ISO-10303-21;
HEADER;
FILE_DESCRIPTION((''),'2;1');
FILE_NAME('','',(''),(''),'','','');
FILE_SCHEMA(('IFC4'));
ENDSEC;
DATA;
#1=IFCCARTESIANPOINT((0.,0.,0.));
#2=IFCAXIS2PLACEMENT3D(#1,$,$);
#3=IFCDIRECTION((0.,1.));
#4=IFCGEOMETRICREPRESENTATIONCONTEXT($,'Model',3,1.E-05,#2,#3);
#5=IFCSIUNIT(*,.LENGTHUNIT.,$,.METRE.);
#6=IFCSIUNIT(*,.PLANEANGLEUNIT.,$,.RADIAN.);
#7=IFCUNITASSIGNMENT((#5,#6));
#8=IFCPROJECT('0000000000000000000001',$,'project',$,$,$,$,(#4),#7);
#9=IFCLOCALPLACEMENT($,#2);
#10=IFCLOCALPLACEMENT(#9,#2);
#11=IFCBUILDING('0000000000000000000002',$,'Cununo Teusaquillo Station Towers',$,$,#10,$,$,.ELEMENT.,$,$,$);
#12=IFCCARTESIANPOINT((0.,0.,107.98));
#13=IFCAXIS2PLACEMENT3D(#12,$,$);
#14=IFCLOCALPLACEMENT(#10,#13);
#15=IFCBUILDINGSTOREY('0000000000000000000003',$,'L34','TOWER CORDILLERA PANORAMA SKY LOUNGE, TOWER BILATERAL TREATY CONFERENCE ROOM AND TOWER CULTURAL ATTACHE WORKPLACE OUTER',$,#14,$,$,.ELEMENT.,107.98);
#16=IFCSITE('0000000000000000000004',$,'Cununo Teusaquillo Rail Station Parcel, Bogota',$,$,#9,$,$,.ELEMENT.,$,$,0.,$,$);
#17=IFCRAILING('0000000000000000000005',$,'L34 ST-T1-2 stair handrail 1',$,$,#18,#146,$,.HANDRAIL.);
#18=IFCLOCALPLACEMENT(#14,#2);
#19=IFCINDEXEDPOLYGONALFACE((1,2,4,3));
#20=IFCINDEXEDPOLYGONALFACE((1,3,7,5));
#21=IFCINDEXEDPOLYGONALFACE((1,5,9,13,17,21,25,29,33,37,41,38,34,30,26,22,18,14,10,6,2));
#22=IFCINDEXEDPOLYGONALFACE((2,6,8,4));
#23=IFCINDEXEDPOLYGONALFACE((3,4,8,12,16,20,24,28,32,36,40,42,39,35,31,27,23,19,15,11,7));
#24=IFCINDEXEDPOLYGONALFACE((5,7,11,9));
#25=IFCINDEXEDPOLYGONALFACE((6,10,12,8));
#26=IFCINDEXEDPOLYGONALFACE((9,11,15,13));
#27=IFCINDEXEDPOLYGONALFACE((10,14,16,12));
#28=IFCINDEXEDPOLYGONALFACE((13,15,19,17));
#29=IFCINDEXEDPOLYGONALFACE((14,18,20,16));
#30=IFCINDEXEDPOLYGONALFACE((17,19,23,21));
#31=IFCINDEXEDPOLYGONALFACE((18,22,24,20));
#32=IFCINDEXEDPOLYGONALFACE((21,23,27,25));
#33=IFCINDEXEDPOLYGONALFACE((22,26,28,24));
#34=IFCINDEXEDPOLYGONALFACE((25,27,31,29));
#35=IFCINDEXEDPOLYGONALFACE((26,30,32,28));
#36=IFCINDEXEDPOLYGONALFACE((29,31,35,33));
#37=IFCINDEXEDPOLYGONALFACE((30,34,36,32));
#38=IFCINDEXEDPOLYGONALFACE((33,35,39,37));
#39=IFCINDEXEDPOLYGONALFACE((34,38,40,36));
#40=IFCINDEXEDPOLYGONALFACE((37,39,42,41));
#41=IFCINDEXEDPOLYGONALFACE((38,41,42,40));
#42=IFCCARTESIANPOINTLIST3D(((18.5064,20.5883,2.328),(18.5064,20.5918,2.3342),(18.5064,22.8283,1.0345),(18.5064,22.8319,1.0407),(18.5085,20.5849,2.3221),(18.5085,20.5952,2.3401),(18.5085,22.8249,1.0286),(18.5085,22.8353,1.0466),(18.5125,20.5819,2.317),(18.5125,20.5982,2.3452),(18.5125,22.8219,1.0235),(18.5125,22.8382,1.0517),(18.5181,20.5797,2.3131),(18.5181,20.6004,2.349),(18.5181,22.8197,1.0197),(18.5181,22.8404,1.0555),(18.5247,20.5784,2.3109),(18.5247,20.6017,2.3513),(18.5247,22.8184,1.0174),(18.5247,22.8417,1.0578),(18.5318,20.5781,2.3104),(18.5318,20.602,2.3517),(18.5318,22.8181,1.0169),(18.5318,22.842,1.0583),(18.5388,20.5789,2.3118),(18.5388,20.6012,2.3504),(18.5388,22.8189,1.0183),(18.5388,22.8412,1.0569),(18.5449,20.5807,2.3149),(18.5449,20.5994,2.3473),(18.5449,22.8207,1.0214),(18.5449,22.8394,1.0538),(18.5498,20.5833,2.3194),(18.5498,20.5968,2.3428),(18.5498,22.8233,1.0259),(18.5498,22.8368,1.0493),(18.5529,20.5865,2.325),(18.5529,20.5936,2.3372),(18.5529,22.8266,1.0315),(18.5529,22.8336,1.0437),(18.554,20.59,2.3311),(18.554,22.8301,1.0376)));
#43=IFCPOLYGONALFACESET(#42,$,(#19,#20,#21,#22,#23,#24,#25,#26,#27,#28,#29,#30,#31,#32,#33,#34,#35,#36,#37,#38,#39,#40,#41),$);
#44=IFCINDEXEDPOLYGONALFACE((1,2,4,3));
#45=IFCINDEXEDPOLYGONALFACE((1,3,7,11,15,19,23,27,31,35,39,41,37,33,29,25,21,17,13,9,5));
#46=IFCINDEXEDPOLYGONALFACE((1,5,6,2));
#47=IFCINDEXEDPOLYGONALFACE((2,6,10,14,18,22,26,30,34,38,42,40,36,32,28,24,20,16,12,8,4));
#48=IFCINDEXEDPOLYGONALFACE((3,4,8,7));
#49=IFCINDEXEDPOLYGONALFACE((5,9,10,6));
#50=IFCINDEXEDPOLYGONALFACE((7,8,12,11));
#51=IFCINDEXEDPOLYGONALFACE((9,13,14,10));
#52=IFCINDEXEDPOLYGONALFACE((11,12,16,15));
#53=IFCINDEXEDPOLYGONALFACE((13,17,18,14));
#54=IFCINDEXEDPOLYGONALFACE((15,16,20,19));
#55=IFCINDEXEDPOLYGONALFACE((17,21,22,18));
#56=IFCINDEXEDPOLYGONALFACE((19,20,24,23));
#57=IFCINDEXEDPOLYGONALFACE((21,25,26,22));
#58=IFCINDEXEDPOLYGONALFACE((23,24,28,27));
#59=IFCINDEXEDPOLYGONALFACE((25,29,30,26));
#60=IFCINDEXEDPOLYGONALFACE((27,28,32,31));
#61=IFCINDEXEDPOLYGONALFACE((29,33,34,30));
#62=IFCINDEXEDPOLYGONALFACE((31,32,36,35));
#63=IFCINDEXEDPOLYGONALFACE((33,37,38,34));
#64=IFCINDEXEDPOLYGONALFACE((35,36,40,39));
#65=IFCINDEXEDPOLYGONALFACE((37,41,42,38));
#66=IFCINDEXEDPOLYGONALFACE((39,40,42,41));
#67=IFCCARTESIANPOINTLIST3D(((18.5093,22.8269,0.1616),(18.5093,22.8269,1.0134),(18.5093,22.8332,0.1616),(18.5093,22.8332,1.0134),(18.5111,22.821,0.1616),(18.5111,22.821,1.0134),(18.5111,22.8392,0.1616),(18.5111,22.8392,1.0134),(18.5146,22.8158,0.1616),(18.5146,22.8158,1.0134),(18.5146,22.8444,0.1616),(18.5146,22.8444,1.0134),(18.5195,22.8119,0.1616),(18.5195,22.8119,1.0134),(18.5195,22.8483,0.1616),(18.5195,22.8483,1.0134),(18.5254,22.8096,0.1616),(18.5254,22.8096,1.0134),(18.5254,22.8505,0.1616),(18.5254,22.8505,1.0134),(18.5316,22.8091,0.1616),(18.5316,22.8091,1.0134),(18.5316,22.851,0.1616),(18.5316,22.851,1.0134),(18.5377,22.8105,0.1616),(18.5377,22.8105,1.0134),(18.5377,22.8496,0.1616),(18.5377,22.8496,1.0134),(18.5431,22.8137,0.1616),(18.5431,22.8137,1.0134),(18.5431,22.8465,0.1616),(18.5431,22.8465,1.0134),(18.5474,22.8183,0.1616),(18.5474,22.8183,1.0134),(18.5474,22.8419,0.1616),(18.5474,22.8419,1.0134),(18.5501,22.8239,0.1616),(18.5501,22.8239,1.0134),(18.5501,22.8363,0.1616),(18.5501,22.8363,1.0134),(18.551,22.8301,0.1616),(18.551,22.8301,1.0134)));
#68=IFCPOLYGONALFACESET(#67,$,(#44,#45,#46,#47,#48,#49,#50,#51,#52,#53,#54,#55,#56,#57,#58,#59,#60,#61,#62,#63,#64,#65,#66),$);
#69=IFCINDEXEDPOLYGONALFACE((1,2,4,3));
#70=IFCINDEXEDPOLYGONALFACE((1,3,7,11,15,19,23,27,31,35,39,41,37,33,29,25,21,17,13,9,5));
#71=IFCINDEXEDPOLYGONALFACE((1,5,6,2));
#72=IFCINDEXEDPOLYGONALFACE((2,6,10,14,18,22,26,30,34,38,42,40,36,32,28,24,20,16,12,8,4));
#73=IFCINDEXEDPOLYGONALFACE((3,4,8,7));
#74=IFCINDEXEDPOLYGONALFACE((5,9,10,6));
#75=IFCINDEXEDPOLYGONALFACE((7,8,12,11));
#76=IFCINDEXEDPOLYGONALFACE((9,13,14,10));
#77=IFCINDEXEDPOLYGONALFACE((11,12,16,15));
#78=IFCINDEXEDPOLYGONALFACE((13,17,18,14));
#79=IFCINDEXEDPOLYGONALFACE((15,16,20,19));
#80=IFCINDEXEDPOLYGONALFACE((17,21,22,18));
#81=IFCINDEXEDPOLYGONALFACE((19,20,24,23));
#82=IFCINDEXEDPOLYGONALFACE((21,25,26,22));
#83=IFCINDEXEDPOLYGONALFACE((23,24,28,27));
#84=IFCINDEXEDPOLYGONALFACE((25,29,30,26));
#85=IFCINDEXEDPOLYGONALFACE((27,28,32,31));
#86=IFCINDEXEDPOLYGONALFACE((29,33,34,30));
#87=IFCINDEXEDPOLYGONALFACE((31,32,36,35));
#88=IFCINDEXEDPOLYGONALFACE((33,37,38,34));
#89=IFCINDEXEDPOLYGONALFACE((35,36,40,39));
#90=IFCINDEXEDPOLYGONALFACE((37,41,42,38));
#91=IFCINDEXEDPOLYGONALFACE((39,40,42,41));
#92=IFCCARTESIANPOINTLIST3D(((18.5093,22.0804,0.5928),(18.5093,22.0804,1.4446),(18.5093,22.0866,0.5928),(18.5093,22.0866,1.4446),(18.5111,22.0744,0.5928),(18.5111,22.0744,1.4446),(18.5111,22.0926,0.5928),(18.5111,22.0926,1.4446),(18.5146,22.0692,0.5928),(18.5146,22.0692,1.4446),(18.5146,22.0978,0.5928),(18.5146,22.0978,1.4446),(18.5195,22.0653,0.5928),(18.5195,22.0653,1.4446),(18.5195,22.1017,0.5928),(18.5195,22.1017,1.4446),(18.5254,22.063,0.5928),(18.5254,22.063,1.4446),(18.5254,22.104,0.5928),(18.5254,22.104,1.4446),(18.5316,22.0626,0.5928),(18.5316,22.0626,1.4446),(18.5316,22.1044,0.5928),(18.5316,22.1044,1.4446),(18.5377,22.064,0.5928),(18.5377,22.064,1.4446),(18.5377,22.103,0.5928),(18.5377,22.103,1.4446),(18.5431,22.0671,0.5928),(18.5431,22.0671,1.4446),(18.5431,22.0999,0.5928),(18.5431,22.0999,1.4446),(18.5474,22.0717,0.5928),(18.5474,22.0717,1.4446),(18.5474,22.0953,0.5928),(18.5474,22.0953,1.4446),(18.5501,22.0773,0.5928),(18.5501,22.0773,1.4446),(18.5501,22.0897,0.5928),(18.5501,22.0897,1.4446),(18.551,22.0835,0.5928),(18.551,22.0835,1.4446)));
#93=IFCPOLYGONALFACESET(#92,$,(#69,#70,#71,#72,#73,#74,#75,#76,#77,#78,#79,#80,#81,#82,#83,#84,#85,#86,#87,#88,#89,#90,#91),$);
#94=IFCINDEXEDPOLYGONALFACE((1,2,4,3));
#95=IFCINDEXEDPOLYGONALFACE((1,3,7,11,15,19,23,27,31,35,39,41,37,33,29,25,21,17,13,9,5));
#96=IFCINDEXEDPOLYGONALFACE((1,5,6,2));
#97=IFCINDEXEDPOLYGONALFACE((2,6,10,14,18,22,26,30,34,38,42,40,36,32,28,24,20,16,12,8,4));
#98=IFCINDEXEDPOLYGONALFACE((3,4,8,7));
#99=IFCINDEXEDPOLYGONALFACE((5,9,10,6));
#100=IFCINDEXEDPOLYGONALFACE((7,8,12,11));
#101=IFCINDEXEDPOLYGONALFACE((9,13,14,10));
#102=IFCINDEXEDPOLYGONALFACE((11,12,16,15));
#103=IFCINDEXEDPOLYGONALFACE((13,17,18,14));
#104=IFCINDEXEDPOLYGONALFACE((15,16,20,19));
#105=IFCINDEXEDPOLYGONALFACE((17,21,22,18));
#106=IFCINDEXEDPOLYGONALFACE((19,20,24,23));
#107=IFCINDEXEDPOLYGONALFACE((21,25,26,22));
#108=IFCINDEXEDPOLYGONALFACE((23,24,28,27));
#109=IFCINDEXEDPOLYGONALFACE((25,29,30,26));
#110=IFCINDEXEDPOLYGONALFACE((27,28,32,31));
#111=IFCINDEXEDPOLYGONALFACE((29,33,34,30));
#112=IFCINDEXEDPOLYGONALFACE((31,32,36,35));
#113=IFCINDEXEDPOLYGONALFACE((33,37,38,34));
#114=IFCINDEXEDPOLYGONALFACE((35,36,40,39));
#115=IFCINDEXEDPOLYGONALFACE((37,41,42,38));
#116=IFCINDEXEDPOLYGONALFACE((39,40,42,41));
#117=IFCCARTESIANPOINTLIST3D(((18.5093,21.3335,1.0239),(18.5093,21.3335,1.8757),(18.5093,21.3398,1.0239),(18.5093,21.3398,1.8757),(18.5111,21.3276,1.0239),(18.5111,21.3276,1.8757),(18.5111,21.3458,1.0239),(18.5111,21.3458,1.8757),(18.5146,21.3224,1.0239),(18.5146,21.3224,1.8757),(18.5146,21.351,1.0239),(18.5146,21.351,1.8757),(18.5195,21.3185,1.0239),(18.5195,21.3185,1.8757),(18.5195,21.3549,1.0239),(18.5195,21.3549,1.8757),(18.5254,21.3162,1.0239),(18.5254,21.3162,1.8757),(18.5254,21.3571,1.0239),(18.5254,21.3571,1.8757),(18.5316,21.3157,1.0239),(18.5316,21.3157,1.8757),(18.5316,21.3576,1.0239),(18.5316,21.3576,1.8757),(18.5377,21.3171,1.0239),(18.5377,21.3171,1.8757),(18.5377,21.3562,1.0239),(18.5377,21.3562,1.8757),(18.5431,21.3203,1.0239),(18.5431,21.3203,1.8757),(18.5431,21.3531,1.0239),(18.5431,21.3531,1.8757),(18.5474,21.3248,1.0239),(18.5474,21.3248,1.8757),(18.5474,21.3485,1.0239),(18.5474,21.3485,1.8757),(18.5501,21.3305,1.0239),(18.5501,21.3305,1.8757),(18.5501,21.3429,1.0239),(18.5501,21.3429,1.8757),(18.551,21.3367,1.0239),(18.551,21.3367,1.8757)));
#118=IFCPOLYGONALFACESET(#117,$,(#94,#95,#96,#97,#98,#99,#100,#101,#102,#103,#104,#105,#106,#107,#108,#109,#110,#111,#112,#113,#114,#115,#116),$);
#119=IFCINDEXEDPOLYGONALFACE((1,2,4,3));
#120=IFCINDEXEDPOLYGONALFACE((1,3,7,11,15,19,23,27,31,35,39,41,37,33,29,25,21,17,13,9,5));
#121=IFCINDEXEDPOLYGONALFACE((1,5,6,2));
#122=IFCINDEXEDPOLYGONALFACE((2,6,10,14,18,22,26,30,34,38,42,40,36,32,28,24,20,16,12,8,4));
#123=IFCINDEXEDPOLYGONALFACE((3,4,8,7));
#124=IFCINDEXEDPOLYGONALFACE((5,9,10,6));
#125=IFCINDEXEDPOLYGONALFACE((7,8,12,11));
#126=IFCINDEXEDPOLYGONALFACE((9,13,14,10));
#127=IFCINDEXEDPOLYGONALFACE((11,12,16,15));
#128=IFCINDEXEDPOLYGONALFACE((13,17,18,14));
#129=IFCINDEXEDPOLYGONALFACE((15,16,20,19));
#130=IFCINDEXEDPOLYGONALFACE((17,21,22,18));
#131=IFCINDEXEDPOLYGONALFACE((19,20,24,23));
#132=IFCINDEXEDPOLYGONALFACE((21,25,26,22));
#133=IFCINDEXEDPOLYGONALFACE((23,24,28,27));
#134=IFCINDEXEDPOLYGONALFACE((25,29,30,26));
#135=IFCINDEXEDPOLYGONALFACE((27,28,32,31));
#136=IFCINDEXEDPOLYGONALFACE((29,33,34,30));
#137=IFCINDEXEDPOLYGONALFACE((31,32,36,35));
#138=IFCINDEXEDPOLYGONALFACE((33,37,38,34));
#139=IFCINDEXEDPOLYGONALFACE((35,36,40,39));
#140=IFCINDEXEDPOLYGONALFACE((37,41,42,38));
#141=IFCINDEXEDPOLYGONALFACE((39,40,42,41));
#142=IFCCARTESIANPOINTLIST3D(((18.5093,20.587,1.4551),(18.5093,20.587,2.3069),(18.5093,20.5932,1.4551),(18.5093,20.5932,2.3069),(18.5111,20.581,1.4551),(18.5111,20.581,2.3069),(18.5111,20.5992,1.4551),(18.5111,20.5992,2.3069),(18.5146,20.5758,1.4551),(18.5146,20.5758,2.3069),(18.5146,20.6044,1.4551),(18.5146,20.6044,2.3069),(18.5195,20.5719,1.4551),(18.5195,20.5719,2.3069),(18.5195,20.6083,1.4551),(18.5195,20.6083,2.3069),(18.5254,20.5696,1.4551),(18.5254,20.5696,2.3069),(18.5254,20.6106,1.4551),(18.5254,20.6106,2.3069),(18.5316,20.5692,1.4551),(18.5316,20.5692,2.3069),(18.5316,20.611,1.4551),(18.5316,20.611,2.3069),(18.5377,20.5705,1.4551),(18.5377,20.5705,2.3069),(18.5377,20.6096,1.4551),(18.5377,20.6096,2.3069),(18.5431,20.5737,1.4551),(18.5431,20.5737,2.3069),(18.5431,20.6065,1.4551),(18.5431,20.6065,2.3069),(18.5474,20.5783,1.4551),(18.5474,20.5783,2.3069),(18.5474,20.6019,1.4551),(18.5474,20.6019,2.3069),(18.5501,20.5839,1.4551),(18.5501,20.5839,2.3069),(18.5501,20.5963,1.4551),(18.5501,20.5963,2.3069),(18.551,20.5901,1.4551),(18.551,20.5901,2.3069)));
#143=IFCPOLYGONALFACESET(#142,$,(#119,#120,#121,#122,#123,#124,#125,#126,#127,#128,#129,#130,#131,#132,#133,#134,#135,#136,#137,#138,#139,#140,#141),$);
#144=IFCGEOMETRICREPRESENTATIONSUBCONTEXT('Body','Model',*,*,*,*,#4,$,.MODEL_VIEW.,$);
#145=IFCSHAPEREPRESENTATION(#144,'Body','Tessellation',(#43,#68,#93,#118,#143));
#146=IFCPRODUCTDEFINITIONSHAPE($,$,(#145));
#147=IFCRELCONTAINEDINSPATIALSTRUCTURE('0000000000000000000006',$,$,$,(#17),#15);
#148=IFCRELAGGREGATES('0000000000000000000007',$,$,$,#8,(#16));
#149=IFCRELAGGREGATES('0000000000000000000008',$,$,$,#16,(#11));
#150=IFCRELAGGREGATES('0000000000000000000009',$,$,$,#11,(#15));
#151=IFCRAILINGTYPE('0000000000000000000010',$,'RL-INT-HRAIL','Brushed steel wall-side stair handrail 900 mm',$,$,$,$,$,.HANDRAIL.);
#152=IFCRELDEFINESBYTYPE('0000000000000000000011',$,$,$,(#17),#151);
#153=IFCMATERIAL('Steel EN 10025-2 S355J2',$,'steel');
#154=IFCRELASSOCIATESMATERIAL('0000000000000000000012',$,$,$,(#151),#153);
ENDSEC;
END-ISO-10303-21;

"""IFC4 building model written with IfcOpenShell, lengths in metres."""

from ifc_helpers import new_model, si_unit, direction, frame, origin, origin_2d, place, context, subcontext, project, spatial, circle, extrude, material, type_object, element, save


model = new_model("IFC4")

# Units and contexts
model_context = context("Model", 3, precision=1e-05, world=origin(), true_north=direction((0.0, 1.0)))
body_context = subcontext(model_context, "Body", "Model", "MODEL_VIEW")
ifc_project = project(units=[si_unit("LENGTHUNIT", "METRE"), si_unit("PLANEANGLEUNIT", "RADIAN")], contexts=[model_context])

# Site, building, storey
site_placement = place(None, origin())
site = spatial("IfcSite", under=ifc_project, at=site_placement, Name="Cununo Teusaquillo Rail Station Parcel, Bogota", CompositionType="ELEMENT", RefElevation=0.0)
building_placement = place(site_placement, origin())
building = spatial("IfcBuilding", under=site, at=building_placement, Name="Cununo Teusaquillo Station Towers", CompositionType="ELEMENT")
storey_placement = place(building_placement, frame((0.0, 0.0, 107.98)))
storey = spatial("IfcBuildingStorey", under=building, at=storey_placement, Name="L34", Description="TOWER CORDILLERA PANORAMA SKY LOUNGE, TOWER BILATERAL TREATY CONFERENCE ROOM AND TOWER CULTURAL ATTACHE WORKPLACE OUTER", CompositionType="ELEMENT", Elevation=107.98)

# Railing
ifc_material_1 = material(Name="Steel EN 10025-2 S355J2", Category="steel")
railing_type_1 = type_object("IfcRailingType", Name="RL-INT-HRAIL", Description="Brushed steel wall-side stair handrail 900 mm", PredefinedType="HANDRAIL", material=ifc_material_1)
railing_1_placement = place(storey_placement, frame((18.53, 22.8301, 0.1616)))
element("IfcRailing", 1, at=railing_1_placement, inside=storey, type_object=railing_type_1, Name="L34 ST-T1-2 stair handrail 1", PredefinedType="HANDRAIL", context=body_context, shape_type="SweptSolid", body=[
    extrude(circle(Radius=0.0239, at=origin_2d()), frame((0.0, 0.0, 0.876), z_axis=(0.0, -0.865992, 0.500057), x_axis=(1.0, 0.0, 0.0)), (0.0, 0.0, 1.0), 2.5867),
    extrude(circle(Radius=0.021, at=origin_2d()), origin(), (0.0, 0.0, 1.0), 0.8518),
    extrude(circle(Radius=0.021, at=origin_2d()), frame((0.0, -0.7466, 0.4312)), (0.0, 0.0, 1.0), 0.8518),
    extrude(circle(Radius=0.021, at=origin_2d()), frame((0.0, -1.4934, 0.8623)), (0.0, 0.0, 1.0), 0.8518),
    extrude(circle(Radius=0.021, at=origin_2d()), frame((0.0, -2.24, 1.2935)), (0.0, 0.0, 1.0), 0.8518),
])

save(model, "model.ifc")
